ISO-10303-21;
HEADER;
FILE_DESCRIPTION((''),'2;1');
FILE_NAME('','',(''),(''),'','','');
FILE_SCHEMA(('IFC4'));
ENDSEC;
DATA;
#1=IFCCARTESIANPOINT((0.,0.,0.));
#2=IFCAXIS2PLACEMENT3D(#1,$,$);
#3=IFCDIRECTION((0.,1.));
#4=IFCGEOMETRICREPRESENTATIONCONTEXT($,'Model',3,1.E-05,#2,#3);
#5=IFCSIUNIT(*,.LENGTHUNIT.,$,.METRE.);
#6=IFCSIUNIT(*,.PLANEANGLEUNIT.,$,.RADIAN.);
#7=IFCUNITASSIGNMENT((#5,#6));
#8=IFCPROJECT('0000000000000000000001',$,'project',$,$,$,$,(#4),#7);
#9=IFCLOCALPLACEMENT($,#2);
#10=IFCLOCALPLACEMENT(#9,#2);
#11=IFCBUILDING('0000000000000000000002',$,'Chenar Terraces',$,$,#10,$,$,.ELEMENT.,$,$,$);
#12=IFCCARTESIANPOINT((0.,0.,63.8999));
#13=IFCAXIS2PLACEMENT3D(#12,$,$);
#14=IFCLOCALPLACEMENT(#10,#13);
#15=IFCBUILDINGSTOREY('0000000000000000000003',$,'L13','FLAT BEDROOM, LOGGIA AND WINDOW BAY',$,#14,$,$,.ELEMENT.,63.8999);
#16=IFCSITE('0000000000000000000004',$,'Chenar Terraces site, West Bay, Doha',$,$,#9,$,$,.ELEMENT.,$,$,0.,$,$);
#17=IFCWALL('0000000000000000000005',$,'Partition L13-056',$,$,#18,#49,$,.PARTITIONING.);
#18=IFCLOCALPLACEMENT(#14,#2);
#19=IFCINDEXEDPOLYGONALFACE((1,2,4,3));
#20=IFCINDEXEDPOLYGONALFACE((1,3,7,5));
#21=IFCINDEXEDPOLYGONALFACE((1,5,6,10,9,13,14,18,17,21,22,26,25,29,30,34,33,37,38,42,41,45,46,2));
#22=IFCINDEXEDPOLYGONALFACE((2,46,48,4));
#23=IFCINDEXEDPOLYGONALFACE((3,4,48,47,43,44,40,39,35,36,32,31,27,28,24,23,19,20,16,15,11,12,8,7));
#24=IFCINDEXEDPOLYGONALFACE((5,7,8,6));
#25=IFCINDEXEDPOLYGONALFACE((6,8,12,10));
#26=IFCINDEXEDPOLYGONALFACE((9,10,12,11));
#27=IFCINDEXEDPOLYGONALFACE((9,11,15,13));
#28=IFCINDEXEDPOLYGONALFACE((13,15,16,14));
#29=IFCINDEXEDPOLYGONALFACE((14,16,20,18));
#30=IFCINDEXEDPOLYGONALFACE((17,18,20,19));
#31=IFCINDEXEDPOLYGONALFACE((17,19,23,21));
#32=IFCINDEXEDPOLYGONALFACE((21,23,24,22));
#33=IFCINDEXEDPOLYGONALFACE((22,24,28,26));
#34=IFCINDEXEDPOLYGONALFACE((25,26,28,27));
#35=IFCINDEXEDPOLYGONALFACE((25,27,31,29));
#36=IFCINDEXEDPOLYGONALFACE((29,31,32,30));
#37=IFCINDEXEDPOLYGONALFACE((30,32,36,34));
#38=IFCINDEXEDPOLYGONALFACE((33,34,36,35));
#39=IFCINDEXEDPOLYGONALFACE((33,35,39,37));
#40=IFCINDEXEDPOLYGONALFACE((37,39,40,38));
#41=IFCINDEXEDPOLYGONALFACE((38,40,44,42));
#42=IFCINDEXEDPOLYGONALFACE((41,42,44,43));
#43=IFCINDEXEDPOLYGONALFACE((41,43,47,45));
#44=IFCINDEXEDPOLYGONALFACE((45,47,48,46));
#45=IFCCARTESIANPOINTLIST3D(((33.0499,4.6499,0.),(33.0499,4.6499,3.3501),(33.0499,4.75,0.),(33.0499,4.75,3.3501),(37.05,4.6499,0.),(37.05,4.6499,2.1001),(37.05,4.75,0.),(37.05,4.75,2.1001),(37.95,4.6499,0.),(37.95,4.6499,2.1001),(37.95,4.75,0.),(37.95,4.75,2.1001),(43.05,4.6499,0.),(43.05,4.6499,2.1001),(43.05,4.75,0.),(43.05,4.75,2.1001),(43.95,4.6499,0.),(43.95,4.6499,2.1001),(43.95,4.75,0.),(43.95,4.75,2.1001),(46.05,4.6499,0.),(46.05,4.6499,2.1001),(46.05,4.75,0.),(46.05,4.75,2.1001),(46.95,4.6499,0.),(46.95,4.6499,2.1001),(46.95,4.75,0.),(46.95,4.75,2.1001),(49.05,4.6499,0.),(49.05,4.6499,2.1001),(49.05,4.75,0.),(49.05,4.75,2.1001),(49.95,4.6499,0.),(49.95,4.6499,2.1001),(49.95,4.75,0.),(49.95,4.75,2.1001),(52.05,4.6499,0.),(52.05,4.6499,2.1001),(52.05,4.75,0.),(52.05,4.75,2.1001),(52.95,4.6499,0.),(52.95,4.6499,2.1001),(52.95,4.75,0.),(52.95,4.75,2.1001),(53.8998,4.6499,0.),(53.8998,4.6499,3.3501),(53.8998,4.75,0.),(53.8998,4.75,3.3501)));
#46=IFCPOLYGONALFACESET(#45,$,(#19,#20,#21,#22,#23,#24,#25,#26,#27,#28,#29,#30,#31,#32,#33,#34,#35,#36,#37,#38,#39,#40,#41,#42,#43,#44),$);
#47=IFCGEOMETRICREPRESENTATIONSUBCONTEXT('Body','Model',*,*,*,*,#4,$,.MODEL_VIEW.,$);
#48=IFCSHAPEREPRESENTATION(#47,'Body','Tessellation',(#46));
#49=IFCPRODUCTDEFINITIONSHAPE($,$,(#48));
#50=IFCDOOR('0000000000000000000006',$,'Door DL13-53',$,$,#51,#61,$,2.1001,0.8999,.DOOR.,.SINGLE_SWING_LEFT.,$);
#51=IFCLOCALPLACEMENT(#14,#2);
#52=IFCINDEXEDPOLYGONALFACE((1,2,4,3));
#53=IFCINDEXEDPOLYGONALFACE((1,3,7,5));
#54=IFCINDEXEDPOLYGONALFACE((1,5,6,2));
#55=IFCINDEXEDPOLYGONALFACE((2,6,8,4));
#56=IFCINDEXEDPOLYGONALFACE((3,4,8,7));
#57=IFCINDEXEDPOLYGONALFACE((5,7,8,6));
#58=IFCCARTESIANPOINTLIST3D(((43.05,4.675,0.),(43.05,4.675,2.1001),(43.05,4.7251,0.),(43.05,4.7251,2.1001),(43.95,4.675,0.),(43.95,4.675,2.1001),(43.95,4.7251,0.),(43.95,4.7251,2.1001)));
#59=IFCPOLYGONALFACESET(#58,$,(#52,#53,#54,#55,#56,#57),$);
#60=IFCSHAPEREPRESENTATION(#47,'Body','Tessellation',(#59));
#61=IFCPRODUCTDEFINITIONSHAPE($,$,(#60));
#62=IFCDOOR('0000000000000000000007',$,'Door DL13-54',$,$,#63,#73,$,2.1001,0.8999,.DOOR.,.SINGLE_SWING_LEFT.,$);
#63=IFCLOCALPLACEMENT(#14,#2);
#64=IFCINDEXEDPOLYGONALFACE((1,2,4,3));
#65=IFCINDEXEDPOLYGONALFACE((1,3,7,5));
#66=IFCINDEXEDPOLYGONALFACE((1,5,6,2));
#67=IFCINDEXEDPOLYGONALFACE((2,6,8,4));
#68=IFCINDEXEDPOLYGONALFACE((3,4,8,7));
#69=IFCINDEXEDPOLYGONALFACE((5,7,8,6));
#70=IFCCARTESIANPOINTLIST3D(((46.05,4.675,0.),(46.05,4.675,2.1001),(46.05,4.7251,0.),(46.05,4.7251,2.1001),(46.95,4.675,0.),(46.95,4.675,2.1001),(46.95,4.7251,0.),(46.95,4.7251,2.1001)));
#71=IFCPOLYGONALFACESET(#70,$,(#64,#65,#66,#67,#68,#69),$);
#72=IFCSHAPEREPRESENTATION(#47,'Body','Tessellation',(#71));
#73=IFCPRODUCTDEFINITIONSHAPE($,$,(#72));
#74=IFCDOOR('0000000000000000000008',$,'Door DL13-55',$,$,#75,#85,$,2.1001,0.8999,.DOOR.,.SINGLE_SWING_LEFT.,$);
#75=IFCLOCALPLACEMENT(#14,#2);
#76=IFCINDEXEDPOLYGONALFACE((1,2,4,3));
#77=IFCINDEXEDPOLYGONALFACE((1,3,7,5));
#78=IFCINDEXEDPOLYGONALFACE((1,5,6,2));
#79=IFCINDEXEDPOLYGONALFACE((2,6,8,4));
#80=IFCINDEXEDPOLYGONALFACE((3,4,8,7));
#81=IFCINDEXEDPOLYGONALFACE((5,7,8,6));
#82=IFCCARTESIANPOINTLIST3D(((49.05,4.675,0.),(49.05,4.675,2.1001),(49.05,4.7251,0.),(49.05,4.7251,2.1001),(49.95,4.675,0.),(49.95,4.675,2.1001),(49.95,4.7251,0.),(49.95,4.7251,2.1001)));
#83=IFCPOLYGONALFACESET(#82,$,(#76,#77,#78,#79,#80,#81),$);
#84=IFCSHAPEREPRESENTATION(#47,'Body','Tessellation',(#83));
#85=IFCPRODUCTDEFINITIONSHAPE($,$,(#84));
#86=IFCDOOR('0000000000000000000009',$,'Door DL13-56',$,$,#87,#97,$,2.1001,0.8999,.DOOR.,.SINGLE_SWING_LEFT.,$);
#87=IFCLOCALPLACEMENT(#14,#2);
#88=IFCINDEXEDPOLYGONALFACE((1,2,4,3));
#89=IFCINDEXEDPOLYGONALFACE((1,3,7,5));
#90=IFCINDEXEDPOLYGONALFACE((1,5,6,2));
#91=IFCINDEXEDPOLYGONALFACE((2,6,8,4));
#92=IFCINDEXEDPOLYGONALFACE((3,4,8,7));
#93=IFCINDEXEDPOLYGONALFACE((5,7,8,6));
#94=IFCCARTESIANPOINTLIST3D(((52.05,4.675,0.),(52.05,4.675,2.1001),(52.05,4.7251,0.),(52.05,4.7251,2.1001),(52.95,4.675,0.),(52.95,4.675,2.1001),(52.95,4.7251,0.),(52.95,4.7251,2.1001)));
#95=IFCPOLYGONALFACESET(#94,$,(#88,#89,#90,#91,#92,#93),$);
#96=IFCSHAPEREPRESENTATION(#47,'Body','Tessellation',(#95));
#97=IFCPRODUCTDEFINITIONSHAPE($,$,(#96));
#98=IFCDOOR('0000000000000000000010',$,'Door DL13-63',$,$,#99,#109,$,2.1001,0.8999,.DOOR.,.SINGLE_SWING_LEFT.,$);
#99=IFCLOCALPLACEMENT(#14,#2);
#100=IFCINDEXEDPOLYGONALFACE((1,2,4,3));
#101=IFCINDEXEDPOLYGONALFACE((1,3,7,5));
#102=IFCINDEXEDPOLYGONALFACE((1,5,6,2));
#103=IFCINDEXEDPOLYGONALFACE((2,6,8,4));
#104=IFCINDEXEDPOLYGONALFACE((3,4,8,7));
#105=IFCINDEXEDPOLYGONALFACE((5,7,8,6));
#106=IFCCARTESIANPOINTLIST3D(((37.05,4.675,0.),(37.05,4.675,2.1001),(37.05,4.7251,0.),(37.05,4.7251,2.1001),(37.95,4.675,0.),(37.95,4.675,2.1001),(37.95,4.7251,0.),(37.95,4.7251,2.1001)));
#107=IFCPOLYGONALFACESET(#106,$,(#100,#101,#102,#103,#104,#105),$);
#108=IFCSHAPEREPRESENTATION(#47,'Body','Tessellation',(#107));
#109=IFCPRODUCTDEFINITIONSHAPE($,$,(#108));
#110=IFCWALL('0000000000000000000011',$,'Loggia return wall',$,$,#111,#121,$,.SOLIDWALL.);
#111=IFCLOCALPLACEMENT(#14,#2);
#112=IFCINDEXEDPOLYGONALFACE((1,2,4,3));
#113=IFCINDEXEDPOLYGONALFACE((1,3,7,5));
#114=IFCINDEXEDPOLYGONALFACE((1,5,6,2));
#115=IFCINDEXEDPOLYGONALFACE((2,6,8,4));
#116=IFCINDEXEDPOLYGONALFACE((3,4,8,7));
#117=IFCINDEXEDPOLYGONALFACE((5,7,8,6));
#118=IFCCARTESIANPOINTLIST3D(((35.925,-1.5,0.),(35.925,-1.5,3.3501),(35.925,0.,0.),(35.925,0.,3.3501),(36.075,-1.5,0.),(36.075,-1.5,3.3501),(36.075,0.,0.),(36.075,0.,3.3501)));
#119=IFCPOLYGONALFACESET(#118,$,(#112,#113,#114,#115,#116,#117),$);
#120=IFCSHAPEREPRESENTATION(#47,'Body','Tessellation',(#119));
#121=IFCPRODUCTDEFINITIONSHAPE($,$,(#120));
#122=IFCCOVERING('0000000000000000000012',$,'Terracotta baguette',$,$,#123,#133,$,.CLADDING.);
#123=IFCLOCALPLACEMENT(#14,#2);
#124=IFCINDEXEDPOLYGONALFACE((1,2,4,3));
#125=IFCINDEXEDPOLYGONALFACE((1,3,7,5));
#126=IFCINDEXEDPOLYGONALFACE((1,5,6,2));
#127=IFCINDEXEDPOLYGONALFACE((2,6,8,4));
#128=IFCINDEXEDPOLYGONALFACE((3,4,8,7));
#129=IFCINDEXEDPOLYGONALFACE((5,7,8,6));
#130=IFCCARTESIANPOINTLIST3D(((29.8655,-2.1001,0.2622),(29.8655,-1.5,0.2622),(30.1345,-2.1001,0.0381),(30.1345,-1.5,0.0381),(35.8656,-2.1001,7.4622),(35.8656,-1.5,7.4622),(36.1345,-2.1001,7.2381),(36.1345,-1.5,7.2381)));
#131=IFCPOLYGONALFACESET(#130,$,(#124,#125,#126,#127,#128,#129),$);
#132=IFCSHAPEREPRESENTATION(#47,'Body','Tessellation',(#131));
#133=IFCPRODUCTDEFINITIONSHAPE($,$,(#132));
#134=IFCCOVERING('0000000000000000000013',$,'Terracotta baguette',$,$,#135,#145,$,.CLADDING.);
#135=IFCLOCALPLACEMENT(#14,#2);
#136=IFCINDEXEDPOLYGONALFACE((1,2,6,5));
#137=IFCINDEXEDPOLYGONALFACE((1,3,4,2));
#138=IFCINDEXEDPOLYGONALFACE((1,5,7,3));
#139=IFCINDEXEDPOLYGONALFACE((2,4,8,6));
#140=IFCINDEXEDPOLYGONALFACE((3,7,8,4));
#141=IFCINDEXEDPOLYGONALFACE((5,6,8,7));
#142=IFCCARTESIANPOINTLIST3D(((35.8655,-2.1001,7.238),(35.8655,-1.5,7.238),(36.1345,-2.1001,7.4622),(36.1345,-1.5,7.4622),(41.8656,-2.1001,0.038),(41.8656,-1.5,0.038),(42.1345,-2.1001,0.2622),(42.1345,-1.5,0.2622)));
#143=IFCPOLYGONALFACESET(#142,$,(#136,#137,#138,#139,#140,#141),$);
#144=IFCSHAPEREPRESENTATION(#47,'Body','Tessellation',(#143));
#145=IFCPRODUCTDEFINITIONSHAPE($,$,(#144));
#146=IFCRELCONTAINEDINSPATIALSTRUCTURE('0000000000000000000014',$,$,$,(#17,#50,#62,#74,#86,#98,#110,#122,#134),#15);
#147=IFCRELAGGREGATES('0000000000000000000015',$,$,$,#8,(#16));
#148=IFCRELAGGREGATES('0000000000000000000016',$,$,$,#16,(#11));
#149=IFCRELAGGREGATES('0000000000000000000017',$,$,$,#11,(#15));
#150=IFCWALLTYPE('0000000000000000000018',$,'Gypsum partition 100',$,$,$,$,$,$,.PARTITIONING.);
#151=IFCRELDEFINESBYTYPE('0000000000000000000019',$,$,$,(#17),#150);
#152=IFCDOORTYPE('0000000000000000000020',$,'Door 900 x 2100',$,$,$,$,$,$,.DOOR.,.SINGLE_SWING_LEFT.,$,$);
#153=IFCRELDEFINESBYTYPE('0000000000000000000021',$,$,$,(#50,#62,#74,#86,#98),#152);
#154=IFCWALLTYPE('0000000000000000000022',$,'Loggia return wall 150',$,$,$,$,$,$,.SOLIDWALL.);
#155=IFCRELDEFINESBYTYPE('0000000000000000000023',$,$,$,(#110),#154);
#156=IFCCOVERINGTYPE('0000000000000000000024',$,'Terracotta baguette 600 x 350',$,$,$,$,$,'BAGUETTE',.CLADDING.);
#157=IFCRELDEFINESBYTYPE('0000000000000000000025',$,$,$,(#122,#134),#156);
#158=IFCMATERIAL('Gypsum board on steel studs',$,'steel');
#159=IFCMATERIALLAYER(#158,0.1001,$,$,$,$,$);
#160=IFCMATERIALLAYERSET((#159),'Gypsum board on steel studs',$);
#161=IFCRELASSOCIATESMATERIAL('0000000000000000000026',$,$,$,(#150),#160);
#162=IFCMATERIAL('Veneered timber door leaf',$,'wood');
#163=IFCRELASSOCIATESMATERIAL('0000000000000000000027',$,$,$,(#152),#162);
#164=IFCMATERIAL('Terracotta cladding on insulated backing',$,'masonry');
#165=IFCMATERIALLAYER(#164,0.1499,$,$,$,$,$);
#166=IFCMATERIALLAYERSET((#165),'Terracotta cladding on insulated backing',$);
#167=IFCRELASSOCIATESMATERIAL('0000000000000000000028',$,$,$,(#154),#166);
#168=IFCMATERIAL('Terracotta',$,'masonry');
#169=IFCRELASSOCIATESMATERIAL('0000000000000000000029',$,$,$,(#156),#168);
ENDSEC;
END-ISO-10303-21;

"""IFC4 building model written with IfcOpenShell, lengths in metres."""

from ifc_helpers import new_model, si_unit, direction, frame, frame_2d, origin, origin_2d, place, context, subcontext, project, spatial, rectangle, extrude, material, layer, layer_set, material_profile, profile_set, type_object, element, fill, save


model = new_model("IFC4")

# Units and contexts
model_context = context("Model", 3, precision=1e-05, world=origin(), true_north=direction((0.0, 1.0)))
body_context = subcontext(model_context, "Body", "Model", "MODEL_VIEW")
ifc_project = project(units=[si_unit("LENGTHUNIT", "METRE"), si_unit("PLANEANGLEUNIT", "RADIAN")], contexts=[model_context])

# Site, building, storey
site_placement = place(None, origin())
site = spatial("IfcSite", under=ifc_project, at=site_placement, Name="Chenar Terraces site, West Bay, Doha", CompositionType="ELEMENT", RefElevation=0.0)
building_placement = place(site_placement, origin())
building = spatial("IfcBuilding", under=site, at=building_placement, Name="Chenar Terraces", CompositionType="ELEMENT")
storey_placement = place(building_placement, frame((0.0, 0.0, 63.8999)))
storey = spatial("IfcBuildingStorey", under=building, at=storey_placement, Name="L13", Description="FLAT BEDROOM, LOGGIA AND WINDOW BAY", CompositionType="ELEMENT", Elevation=63.8999)

# Shared definitions
ifc_material_1 = material(Name="Gypsum board on steel studs", Category="steel")
ifc_layer_1 = layer(ifc_material_1, 0.1001)
ifc_layer_set_1 = layer_set([ifc_layer_1], Name="Gypsum board on steel studs")
wall_type_1 = type_object("IfcWallType", Name="Gypsum partition 100", PredefinedType="PARTITIONING", material=ifc_layer_set_1)

# Wall, openings, doors
wall_1_placement = place(storey_placement, frame((33.05, 4.7, 0.0), z_axis=(0.0, 0.0, 1.0), x_axis=(1.0, 0.0, 0.0)))
wall_1 = element("IfcWall", 1, at=wall_1_placement, inside=storey, type_object=wall_type_1, Name="Partition L13-056", PredefinedType="PARTITIONING", context=body_context, shape_type="SweptSolid", body=[
    extrude(rectangle(XDim=20.8499, YDim=0.1001, at=frame_2d((10.4248, 0.0))), origin(), (0.0, 0.0, 1.0), 3.3501),
])
opening_1_placement = place(wall_1_placement, frame((10.0, 0.0, 0.0)))
opening_1 = element("IfcOpeningElement", 2, at=opening_1_placement, cuts=wall_1, PredefinedType="OPENING", context=body_context, shape_type="SweptSolid", body=[
    extrude(rectangle(XDim=0.8999, YDim=2.1001, at=frame_2d((0.45, 1.05))), frame((0.0, 0.0601, 0.0), z_axis=(0.0, -1.0, 0.0), x_axis=(1.0, 0.0, 0.0)), (0.0, 0.0, 1.0), 0.1201),
])
opening_2_placement = place(wall_1_placement, frame((13.0, 0.0, 0.0)))
opening_2 = element("IfcOpeningElement", 3, at=opening_2_placement, cuts=wall_1, PredefinedType="OPENING", context=body_context, shape_type="SweptSolid", body=[
    extrude(rectangle(XDim=0.8999, YDim=2.1001, at=frame_2d((0.45, 1.05))), frame((0.0, 0.0601, 0.0), z_axis=(0.0, -1.0, 0.0), x_axis=(1.0, 0.0, 0.0)), (0.0, 0.0, 1.0), 0.1201),
])
opening_3_placement = place(wall_1_placement, frame((16.0, 0.0, 0.0)))
opening_3 = element("IfcOpeningElement", 4, at=opening_3_placement, cuts=wall_1, PredefinedType="OPENING", context=body_context, shape_type="SweptSolid", body=[
    extrude(rectangle(XDim=0.8999, YDim=2.1001, at=frame_2d((0.45, 1.05))), frame((0.0, 0.0601, 0.0), z_axis=(0.0, -1.0, 0.0), x_axis=(1.0, 0.0, 0.0)), (0.0, 0.0, 1.0), 0.1201),
])
opening_4_placement = place(wall_1_placement, frame((19.0, 0.0, 0.0)))
opening_4 = element("IfcOpeningElement", 5, at=opening_4_placement, cuts=wall_1, PredefinedType="OPENING", context=body_context, shape_type="SweptSolid", body=[
    extrude(rectangle(XDim=0.8999, YDim=2.1001, at=frame_2d((0.45, 1.05))), frame((0.0, 0.0601, 0.0), z_axis=(0.0, -1.0, 0.0), x_axis=(1.0, 0.0, 0.0)), (0.0, 0.0, 1.0), 0.1201),
])
opening_5_placement = place(wall_1_placement, frame((4.0, 0.0, 0.0)))
opening_5 = element("IfcOpeningElement", 6, at=opening_5_placement, cuts=wall_1, PredefinedType="OPENING", context=body_context, shape_type="SweptSolid", body=[
    extrude(rectangle(XDim=0.8999, YDim=2.1001, at=frame_2d((0.45, 1.05))), frame((0.0, 0.0601, 0.0), z_axis=(0.0, -1.0, 0.0), x_axis=(1.0, 0.0, 0.0)), (0.0, 0.0, 1.0), 0.1201),
])
ifc_material_2 = material(Name="Veneered timber door leaf", Category="wood")
door_type = type_object("IfcDoorType", Name="Door 900 x 2100", OperationType="SINGLE_SWING_LEFT", PredefinedType="DOOR", material=ifc_material_2)
door_1_placement = place(opening_1_placement, frame((0.8999, 0.0, 0.0), z_axis=(0.0, 0.0, 1.0), x_axis=(-1.0, 0.0, 0.0)))
door_1 = element("IfcDoor", 7, at=door_1_placement, inside=storey, type_object=door_type, Name="Door DL13-53", OperationType="SINGLE_SWING_LEFT", OverallHeight=2.1001, OverallWidth=0.8999, PredefinedType="DOOR", context=body_context, shape_type="SweptSolid", body=[
    extrude(rectangle(XDim=0.8999, YDim=2.1001, at=frame_2d((0.45, 1.05))), frame((0.0, 0.0249, 0.0), z_axis=(0.0, -1.0, 0.0), x_axis=(1.0, 0.0, 0.0)), (0.0, 0.0, 1.0), 0.05),
])
fill(opening_1, door_1)
door_2_placement = place(opening_2_placement, frame((0.8999, 0.0, 0.0), z_axis=(0.0, 0.0, 1.0), x_axis=(-1.0, 0.0, 0.0)))
door_2 = element("IfcDoor", 8, at=door_2_placement, inside=storey, type_object=door_type, Name="Door DL13-54", OperationType="SINGLE_SWING_LEFT", OverallHeight=2.1001, OverallWidth=0.8999, PredefinedType="DOOR", context=body_context, shape_type="SweptSolid", body=[
    extrude(rectangle(XDim=0.8999, YDim=2.1001, at=frame_2d((0.45, 1.05))), frame((0.0, 0.0249, 0.0), z_axis=(0.0, -1.0, 0.0), x_axis=(1.0, 0.0, 0.0)), (0.0, 0.0, 1.0), 0.05),
])
fill(opening_2, door_2)
door_3_placement = place(opening_3_placement, frame((0.8999, 0.0, 0.0), z_axis=(0.0, 0.0, 1.0), x_axis=(-1.0, 0.0, 0.0)))
door_3 = element("IfcDoor", 9, at=door_3_placement, inside=storey, type_object=door_type, Name="Door DL13-55", OperationType="SINGLE_SWING_LEFT", OverallHeight=2.1001, OverallWidth=0.8999, PredefinedType="DOOR", context=body_context, shape_type="SweptSolid", body=[
    extrude(rectangle(XDim=0.8999, YDim=2.1001, at=frame_2d((0.45, 1.05))), frame((0.0, 0.0249, 0.0), z_axis=(0.0, -1.0, 0.0), x_axis=(1.0, 0.0, 0.0)), (0.0, 0.0, 1.0), 0.05),
])
fill(opening_3, door_3)
door_4_placement = place(opening_4_placement, frame((0.8999, 0.0, 0.0), z_axis=(0.0, 0.0, 1.0), x_axis=(-1.0, 0.0, 0.0)))
door_4 = element("IfcDoor", 10, at=door_4_placement, inside=storey, type_object=door_type, Name="Door DL13-56", OperationType="SINGLE_SWING_LEFT", OverallHeight=2.1001, OverallWidth=0.8999, PredefinedType="DOOR", context=body_context, shape_type="SweptSolid", body=[
    extrude(rectangle(XDim=0.8999, YDim=2.1001, at=frame_2d((0.45, 1.05))), frame((0.0, 0.0249, 0.0), z_axis=(0.0, -1.0, 0.0), x_axis=(1.0, 0.0, 0.0)), (0.0, 0.0, 1.0), 0.05),
])
fill(opening_4, door_4)
door_5_placement = place(opening_5_placement, frame((0.8999, 0.0, 0.0), z_axis=(0.0, 0.0, 1.0), x_axis=(-1.0, 0.0, 0.0)))
door_5 = element("IfcDoor", 11, at=door_5_placement, inside=storey, type_object=door_type, Name="Door DL13-63", OperationType="SINGLE_SWING_LEFT", OverallHeight=2.1001, OverallWidth=0.8999, PredefinedType="DOOR", context=body_context, shape_type="SweptSolid", body=[
    extrude(rectangle(XDim=0.8999, YDim=2.1001, at=frame_2d((0.45, 1.05))), frame((0.0, 0.0249, 0.0), z_axis=(0.0, -1.0, 0.0), x_axis=(1.0, 0.0, 0.0)), (0.0, 0.0, 1.0), 0.05),
])
fill(opening_5, door_5)

# Wall
ifc_material_3 = material(Name="Terracotta cladding on insulated backing", Category="masonry")
ifc_layer_2 = layer(ifc_material_3, 0.1499)
ifc_layer_set_2 = layer_set([ifc_layer_2], Name="Terracotta cladding on insulated backing")
wall_type_2 = type_object("IfcWallType", Name="Loggia return wall 150", PredefinedType="SOLIDWALL", material=ifc_layer_set_2)
wall_2_placement = place(storey_placement, frame((36.0, -1.5, 0.0), z_axis=(0.0, 0.0, 1.0), x_axis=(0.0, 1.0, 0.0)))
element("IfcWall", 12, at=wall_2_placement, inside=storey, type_object=wall_type_2, Name="Loggia return wall", PredefinedType="SOLIDWALL", context=body_context, shape_type="SweptSolid", body=[
    extrude(rectangle(XDim=1.5, YDim=0.1499, at=frame_2d((0.75, 0.0))), origin(), (0.0, 0.0, 1.0), 3.3501),
])

# Coverings
ifc_material_4 = material(Name="Terracotta", Category="masonry")
ifc_material_profile_1 = material_profile(ifc_material_4, rectangle(XDim=0.6001, YDim=0.3501, at=origin_2d()), Name="Terracotta baguette 600 x 350")
ifc_profile_set_1 = profile_set([ifc_material_profile_1], Name="Terracotta")
covering_type = type_object("IfcCoveringType", Name="Terracotta baguette 600 x 350", ElementType="BAGUETTE", PredefinedType="CLADDING", material=ifc_profile_set_1)
for number, where, z_axis, x_axis, name in (
    (13, (30.0, -1.8, 0.1501), (0.640187, 0.0, 0.768219), (0.0, 1.0, 0.0), "Terracotta baguette"),
    (14, (36.0, -1.8, 7.3501), (0.640187, 0.0, -0.768219), (0.0, 1.0, 0.0), "Terracotta baguette"),
):
    element("IfcCovering", number, at=place(storey_placement, frame(where, z_axis=z_axis, x_axis=x_axis)), inside=storey, type_object=covering_type, Name=name, PredefinedType="CLADDING", context=body_context, shape_type="SweptSolid", body=[
        extrude(rectangle(XDim=0.6001, YDim=0.3501, at=origin_2d()), origin(), (0.0, 0.0, 1.0), 9.3723),
    ])

save(model, "model.ifc")
